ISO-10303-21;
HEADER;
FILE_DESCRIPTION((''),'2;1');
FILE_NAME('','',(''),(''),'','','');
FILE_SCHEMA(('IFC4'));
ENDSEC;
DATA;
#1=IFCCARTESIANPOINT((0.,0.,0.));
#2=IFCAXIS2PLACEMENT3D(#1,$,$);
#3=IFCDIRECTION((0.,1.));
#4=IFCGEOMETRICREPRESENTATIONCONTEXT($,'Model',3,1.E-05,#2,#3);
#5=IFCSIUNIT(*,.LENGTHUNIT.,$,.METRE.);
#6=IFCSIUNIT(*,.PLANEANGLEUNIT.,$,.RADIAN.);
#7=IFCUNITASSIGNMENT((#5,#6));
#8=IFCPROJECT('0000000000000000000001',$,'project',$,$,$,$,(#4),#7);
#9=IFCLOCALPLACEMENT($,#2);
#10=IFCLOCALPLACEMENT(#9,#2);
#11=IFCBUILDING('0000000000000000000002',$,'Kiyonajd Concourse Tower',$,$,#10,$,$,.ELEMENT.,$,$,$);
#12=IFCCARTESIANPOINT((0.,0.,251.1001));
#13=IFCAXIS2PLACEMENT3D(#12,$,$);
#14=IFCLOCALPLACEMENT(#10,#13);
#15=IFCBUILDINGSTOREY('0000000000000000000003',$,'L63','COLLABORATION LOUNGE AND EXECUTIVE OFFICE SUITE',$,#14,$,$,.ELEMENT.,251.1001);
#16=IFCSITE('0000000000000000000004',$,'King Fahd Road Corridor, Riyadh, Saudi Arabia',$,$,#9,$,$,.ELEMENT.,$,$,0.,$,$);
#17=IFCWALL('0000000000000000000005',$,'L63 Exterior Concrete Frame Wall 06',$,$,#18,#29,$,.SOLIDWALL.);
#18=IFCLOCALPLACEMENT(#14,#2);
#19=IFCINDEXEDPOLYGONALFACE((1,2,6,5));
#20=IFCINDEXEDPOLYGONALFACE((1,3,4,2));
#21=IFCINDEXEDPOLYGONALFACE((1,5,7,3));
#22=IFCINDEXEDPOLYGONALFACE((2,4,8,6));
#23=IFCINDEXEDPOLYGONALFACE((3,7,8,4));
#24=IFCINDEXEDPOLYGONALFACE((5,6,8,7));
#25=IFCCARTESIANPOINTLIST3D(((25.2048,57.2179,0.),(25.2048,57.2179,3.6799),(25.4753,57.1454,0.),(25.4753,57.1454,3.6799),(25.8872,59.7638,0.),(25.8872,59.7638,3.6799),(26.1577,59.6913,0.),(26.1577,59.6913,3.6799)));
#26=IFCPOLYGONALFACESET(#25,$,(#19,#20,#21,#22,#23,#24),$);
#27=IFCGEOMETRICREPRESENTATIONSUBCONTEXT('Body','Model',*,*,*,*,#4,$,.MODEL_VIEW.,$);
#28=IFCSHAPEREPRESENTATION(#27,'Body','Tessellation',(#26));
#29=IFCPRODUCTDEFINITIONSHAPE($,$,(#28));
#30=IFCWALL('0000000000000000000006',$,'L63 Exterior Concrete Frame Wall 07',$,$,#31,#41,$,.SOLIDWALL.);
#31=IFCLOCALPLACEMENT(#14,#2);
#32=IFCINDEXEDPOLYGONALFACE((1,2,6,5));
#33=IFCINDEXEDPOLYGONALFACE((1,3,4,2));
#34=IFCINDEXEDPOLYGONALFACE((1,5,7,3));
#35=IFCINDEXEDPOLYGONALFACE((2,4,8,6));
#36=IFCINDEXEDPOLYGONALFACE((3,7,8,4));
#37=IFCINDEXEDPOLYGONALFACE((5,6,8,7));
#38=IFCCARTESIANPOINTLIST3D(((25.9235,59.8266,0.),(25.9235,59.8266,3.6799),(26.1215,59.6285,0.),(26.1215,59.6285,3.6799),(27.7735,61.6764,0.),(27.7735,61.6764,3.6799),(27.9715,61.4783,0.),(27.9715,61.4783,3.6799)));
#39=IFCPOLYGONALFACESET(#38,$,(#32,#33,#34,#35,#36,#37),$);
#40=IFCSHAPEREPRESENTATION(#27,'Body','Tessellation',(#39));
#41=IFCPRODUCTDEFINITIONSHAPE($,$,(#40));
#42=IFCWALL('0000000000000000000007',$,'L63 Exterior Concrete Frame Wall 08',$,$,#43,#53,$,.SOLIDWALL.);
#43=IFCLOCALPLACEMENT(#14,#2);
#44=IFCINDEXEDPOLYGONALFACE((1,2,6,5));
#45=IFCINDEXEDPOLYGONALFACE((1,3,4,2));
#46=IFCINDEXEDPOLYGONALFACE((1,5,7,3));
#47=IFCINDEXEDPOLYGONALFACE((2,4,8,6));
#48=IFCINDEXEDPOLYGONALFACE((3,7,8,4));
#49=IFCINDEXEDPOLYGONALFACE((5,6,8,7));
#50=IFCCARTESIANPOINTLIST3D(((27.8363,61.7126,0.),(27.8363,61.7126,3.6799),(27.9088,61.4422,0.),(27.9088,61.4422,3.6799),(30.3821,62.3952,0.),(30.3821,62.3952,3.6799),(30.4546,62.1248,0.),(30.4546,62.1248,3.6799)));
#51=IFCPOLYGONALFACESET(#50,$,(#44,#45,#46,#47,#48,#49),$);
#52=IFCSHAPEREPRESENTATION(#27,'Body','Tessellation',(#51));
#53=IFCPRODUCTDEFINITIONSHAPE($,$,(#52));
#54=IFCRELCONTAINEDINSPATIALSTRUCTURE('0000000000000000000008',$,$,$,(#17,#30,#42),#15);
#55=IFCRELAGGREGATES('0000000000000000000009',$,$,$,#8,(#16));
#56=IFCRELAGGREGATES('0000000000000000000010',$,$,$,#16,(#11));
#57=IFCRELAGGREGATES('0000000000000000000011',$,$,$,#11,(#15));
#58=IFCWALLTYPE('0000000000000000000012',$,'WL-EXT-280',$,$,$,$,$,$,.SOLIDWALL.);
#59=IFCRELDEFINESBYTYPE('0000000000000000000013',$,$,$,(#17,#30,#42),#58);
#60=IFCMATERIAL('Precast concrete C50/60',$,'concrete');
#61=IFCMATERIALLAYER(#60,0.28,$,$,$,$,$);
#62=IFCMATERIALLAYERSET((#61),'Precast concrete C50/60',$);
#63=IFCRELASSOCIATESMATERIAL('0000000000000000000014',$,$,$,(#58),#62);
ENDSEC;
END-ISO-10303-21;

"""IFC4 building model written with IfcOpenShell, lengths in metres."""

from ifc_helpers import new_model, si_unit, direction, frame, frame_2d, origin, place, context, subcontext, project, spatial, rectangle, extrude, material, layer, layer_set, type_object, element, save


model = new_model("IFC4")

# Units and contexts
model_context = context("Model", 3, precision=1e-05, world=origin(), true_north=direction((0.0, 1.0)))
body_context = subcontext(model_context, "Body", "Model", "MODEL_VIEW")
ifc_project = project(units=[si_unit("LENGTHUNIT", "METRE"), si_unit("PLANEANGLEUNIT", "RADIAN")], contexts=[model_context])

# Site, building, storey
site_placement = place(None, origin())
site = spatial("IfcSite", under=ifc_project, at=site_placement, Name="King Fahd Road Corridor, Riyadh, Saudi Arabia", CompositionType="ELEMENT", RefElevation=0.0)
building_placement = place(site_placement, origin())
building = spatial("IfcBuilding", under=site, at=building_placement, Name="Kiyonajd Concourse Tower", CompositionType="ELEMENT")
storey_placement = place(building_placement, frame((0.0, 0.0, 251.1001)))
storey = spatial("IfcBuildingStorey", under=building, at=storey_placement, Name="L63", Description="COLLABORATION LOUNGE AND EXECUTIVE OFFICE SUITE", CompositionType="ELEMENT", Elevation=251.1001)

# Walls
ifc_material_1 = material(Name="Precast concrete C50/60", Category="concrete")
ifc_layer_1 = layer(ifc_material_1, 0.28)
ifc_layer_set_1 = layer_set([ifc_layer_1], Name="Precast concrete C50/60")
wall_type = type_object("IfcWallType", Name="WL-EXT-280", PredefinedType="SOLIDWALL", material=ifc_layer_set_1)
wall_1_placement = place(storey_placement, frame((25.3401, 57.1816, 0.0), z_axis=(0.0, 0.0, 1.0), x_axis=(0.25889, 0.965907, 0.0)))
element("IfcWall", 1, at=wall_1_placement, inside=storey, type_object=wall_type, Name="L63 Exterior Concrete Frame Wall 06", PredefinedType="SOLIDWALL", context=body_context, shape_type="SweptSolid", body=[
    extrude(rectangle(XDim=2.6357, YDim=0.28, at=frame_2d((1.3179, 0.0))), origin(), (0.0, 0.0, 1.0), 3.6799),
])
wall_2_placement = place(storey_placement, frame((26.0225, 59.7275, 0.0), z_axis=(0.0, 0.0, 1.0), x_axis=(0.707153, 0.70706, 0.0)))
element("IfcWall", 2, at=wall_2_placement, inside=storey, type_object=wall_type, Name="L63 Exterior Concrete Frame Wall 07", PredefinedType="SOLIDWALL", context=body_context, shape_type="SweptSolid", body=[
    extrude(rectangle(XDim=2.6162, YDim=0.28, at=frame_2d((1.3081, 0.0))), origin(), (0.0, 0.0, 1.0), 3.6799),
])
wall_3_placement = place(storey_placement, frame((27.8726, 61.5774, 0.0), z_axis=(0.0, 0.0, 1.0), x_axis=(0.965884, 0.258977, 0.0)))
element("IfcWall", 3, at=wall_3_placement, inside=storey, type_object=wall_type, Name="L63 Exterior Concrete Frame Wall 08", PredefinedType="SOLIDWALL", context=body_context, shape_type="SweptSolid", body=[
    extrude(rectangle(XDim=2.6357, YDim=0.28, at=frame_2d((1.3179, 0.0))), origin(), (0.0, 0.0, 1.0), 3.6799),
])

save(model, "model.ifc")
